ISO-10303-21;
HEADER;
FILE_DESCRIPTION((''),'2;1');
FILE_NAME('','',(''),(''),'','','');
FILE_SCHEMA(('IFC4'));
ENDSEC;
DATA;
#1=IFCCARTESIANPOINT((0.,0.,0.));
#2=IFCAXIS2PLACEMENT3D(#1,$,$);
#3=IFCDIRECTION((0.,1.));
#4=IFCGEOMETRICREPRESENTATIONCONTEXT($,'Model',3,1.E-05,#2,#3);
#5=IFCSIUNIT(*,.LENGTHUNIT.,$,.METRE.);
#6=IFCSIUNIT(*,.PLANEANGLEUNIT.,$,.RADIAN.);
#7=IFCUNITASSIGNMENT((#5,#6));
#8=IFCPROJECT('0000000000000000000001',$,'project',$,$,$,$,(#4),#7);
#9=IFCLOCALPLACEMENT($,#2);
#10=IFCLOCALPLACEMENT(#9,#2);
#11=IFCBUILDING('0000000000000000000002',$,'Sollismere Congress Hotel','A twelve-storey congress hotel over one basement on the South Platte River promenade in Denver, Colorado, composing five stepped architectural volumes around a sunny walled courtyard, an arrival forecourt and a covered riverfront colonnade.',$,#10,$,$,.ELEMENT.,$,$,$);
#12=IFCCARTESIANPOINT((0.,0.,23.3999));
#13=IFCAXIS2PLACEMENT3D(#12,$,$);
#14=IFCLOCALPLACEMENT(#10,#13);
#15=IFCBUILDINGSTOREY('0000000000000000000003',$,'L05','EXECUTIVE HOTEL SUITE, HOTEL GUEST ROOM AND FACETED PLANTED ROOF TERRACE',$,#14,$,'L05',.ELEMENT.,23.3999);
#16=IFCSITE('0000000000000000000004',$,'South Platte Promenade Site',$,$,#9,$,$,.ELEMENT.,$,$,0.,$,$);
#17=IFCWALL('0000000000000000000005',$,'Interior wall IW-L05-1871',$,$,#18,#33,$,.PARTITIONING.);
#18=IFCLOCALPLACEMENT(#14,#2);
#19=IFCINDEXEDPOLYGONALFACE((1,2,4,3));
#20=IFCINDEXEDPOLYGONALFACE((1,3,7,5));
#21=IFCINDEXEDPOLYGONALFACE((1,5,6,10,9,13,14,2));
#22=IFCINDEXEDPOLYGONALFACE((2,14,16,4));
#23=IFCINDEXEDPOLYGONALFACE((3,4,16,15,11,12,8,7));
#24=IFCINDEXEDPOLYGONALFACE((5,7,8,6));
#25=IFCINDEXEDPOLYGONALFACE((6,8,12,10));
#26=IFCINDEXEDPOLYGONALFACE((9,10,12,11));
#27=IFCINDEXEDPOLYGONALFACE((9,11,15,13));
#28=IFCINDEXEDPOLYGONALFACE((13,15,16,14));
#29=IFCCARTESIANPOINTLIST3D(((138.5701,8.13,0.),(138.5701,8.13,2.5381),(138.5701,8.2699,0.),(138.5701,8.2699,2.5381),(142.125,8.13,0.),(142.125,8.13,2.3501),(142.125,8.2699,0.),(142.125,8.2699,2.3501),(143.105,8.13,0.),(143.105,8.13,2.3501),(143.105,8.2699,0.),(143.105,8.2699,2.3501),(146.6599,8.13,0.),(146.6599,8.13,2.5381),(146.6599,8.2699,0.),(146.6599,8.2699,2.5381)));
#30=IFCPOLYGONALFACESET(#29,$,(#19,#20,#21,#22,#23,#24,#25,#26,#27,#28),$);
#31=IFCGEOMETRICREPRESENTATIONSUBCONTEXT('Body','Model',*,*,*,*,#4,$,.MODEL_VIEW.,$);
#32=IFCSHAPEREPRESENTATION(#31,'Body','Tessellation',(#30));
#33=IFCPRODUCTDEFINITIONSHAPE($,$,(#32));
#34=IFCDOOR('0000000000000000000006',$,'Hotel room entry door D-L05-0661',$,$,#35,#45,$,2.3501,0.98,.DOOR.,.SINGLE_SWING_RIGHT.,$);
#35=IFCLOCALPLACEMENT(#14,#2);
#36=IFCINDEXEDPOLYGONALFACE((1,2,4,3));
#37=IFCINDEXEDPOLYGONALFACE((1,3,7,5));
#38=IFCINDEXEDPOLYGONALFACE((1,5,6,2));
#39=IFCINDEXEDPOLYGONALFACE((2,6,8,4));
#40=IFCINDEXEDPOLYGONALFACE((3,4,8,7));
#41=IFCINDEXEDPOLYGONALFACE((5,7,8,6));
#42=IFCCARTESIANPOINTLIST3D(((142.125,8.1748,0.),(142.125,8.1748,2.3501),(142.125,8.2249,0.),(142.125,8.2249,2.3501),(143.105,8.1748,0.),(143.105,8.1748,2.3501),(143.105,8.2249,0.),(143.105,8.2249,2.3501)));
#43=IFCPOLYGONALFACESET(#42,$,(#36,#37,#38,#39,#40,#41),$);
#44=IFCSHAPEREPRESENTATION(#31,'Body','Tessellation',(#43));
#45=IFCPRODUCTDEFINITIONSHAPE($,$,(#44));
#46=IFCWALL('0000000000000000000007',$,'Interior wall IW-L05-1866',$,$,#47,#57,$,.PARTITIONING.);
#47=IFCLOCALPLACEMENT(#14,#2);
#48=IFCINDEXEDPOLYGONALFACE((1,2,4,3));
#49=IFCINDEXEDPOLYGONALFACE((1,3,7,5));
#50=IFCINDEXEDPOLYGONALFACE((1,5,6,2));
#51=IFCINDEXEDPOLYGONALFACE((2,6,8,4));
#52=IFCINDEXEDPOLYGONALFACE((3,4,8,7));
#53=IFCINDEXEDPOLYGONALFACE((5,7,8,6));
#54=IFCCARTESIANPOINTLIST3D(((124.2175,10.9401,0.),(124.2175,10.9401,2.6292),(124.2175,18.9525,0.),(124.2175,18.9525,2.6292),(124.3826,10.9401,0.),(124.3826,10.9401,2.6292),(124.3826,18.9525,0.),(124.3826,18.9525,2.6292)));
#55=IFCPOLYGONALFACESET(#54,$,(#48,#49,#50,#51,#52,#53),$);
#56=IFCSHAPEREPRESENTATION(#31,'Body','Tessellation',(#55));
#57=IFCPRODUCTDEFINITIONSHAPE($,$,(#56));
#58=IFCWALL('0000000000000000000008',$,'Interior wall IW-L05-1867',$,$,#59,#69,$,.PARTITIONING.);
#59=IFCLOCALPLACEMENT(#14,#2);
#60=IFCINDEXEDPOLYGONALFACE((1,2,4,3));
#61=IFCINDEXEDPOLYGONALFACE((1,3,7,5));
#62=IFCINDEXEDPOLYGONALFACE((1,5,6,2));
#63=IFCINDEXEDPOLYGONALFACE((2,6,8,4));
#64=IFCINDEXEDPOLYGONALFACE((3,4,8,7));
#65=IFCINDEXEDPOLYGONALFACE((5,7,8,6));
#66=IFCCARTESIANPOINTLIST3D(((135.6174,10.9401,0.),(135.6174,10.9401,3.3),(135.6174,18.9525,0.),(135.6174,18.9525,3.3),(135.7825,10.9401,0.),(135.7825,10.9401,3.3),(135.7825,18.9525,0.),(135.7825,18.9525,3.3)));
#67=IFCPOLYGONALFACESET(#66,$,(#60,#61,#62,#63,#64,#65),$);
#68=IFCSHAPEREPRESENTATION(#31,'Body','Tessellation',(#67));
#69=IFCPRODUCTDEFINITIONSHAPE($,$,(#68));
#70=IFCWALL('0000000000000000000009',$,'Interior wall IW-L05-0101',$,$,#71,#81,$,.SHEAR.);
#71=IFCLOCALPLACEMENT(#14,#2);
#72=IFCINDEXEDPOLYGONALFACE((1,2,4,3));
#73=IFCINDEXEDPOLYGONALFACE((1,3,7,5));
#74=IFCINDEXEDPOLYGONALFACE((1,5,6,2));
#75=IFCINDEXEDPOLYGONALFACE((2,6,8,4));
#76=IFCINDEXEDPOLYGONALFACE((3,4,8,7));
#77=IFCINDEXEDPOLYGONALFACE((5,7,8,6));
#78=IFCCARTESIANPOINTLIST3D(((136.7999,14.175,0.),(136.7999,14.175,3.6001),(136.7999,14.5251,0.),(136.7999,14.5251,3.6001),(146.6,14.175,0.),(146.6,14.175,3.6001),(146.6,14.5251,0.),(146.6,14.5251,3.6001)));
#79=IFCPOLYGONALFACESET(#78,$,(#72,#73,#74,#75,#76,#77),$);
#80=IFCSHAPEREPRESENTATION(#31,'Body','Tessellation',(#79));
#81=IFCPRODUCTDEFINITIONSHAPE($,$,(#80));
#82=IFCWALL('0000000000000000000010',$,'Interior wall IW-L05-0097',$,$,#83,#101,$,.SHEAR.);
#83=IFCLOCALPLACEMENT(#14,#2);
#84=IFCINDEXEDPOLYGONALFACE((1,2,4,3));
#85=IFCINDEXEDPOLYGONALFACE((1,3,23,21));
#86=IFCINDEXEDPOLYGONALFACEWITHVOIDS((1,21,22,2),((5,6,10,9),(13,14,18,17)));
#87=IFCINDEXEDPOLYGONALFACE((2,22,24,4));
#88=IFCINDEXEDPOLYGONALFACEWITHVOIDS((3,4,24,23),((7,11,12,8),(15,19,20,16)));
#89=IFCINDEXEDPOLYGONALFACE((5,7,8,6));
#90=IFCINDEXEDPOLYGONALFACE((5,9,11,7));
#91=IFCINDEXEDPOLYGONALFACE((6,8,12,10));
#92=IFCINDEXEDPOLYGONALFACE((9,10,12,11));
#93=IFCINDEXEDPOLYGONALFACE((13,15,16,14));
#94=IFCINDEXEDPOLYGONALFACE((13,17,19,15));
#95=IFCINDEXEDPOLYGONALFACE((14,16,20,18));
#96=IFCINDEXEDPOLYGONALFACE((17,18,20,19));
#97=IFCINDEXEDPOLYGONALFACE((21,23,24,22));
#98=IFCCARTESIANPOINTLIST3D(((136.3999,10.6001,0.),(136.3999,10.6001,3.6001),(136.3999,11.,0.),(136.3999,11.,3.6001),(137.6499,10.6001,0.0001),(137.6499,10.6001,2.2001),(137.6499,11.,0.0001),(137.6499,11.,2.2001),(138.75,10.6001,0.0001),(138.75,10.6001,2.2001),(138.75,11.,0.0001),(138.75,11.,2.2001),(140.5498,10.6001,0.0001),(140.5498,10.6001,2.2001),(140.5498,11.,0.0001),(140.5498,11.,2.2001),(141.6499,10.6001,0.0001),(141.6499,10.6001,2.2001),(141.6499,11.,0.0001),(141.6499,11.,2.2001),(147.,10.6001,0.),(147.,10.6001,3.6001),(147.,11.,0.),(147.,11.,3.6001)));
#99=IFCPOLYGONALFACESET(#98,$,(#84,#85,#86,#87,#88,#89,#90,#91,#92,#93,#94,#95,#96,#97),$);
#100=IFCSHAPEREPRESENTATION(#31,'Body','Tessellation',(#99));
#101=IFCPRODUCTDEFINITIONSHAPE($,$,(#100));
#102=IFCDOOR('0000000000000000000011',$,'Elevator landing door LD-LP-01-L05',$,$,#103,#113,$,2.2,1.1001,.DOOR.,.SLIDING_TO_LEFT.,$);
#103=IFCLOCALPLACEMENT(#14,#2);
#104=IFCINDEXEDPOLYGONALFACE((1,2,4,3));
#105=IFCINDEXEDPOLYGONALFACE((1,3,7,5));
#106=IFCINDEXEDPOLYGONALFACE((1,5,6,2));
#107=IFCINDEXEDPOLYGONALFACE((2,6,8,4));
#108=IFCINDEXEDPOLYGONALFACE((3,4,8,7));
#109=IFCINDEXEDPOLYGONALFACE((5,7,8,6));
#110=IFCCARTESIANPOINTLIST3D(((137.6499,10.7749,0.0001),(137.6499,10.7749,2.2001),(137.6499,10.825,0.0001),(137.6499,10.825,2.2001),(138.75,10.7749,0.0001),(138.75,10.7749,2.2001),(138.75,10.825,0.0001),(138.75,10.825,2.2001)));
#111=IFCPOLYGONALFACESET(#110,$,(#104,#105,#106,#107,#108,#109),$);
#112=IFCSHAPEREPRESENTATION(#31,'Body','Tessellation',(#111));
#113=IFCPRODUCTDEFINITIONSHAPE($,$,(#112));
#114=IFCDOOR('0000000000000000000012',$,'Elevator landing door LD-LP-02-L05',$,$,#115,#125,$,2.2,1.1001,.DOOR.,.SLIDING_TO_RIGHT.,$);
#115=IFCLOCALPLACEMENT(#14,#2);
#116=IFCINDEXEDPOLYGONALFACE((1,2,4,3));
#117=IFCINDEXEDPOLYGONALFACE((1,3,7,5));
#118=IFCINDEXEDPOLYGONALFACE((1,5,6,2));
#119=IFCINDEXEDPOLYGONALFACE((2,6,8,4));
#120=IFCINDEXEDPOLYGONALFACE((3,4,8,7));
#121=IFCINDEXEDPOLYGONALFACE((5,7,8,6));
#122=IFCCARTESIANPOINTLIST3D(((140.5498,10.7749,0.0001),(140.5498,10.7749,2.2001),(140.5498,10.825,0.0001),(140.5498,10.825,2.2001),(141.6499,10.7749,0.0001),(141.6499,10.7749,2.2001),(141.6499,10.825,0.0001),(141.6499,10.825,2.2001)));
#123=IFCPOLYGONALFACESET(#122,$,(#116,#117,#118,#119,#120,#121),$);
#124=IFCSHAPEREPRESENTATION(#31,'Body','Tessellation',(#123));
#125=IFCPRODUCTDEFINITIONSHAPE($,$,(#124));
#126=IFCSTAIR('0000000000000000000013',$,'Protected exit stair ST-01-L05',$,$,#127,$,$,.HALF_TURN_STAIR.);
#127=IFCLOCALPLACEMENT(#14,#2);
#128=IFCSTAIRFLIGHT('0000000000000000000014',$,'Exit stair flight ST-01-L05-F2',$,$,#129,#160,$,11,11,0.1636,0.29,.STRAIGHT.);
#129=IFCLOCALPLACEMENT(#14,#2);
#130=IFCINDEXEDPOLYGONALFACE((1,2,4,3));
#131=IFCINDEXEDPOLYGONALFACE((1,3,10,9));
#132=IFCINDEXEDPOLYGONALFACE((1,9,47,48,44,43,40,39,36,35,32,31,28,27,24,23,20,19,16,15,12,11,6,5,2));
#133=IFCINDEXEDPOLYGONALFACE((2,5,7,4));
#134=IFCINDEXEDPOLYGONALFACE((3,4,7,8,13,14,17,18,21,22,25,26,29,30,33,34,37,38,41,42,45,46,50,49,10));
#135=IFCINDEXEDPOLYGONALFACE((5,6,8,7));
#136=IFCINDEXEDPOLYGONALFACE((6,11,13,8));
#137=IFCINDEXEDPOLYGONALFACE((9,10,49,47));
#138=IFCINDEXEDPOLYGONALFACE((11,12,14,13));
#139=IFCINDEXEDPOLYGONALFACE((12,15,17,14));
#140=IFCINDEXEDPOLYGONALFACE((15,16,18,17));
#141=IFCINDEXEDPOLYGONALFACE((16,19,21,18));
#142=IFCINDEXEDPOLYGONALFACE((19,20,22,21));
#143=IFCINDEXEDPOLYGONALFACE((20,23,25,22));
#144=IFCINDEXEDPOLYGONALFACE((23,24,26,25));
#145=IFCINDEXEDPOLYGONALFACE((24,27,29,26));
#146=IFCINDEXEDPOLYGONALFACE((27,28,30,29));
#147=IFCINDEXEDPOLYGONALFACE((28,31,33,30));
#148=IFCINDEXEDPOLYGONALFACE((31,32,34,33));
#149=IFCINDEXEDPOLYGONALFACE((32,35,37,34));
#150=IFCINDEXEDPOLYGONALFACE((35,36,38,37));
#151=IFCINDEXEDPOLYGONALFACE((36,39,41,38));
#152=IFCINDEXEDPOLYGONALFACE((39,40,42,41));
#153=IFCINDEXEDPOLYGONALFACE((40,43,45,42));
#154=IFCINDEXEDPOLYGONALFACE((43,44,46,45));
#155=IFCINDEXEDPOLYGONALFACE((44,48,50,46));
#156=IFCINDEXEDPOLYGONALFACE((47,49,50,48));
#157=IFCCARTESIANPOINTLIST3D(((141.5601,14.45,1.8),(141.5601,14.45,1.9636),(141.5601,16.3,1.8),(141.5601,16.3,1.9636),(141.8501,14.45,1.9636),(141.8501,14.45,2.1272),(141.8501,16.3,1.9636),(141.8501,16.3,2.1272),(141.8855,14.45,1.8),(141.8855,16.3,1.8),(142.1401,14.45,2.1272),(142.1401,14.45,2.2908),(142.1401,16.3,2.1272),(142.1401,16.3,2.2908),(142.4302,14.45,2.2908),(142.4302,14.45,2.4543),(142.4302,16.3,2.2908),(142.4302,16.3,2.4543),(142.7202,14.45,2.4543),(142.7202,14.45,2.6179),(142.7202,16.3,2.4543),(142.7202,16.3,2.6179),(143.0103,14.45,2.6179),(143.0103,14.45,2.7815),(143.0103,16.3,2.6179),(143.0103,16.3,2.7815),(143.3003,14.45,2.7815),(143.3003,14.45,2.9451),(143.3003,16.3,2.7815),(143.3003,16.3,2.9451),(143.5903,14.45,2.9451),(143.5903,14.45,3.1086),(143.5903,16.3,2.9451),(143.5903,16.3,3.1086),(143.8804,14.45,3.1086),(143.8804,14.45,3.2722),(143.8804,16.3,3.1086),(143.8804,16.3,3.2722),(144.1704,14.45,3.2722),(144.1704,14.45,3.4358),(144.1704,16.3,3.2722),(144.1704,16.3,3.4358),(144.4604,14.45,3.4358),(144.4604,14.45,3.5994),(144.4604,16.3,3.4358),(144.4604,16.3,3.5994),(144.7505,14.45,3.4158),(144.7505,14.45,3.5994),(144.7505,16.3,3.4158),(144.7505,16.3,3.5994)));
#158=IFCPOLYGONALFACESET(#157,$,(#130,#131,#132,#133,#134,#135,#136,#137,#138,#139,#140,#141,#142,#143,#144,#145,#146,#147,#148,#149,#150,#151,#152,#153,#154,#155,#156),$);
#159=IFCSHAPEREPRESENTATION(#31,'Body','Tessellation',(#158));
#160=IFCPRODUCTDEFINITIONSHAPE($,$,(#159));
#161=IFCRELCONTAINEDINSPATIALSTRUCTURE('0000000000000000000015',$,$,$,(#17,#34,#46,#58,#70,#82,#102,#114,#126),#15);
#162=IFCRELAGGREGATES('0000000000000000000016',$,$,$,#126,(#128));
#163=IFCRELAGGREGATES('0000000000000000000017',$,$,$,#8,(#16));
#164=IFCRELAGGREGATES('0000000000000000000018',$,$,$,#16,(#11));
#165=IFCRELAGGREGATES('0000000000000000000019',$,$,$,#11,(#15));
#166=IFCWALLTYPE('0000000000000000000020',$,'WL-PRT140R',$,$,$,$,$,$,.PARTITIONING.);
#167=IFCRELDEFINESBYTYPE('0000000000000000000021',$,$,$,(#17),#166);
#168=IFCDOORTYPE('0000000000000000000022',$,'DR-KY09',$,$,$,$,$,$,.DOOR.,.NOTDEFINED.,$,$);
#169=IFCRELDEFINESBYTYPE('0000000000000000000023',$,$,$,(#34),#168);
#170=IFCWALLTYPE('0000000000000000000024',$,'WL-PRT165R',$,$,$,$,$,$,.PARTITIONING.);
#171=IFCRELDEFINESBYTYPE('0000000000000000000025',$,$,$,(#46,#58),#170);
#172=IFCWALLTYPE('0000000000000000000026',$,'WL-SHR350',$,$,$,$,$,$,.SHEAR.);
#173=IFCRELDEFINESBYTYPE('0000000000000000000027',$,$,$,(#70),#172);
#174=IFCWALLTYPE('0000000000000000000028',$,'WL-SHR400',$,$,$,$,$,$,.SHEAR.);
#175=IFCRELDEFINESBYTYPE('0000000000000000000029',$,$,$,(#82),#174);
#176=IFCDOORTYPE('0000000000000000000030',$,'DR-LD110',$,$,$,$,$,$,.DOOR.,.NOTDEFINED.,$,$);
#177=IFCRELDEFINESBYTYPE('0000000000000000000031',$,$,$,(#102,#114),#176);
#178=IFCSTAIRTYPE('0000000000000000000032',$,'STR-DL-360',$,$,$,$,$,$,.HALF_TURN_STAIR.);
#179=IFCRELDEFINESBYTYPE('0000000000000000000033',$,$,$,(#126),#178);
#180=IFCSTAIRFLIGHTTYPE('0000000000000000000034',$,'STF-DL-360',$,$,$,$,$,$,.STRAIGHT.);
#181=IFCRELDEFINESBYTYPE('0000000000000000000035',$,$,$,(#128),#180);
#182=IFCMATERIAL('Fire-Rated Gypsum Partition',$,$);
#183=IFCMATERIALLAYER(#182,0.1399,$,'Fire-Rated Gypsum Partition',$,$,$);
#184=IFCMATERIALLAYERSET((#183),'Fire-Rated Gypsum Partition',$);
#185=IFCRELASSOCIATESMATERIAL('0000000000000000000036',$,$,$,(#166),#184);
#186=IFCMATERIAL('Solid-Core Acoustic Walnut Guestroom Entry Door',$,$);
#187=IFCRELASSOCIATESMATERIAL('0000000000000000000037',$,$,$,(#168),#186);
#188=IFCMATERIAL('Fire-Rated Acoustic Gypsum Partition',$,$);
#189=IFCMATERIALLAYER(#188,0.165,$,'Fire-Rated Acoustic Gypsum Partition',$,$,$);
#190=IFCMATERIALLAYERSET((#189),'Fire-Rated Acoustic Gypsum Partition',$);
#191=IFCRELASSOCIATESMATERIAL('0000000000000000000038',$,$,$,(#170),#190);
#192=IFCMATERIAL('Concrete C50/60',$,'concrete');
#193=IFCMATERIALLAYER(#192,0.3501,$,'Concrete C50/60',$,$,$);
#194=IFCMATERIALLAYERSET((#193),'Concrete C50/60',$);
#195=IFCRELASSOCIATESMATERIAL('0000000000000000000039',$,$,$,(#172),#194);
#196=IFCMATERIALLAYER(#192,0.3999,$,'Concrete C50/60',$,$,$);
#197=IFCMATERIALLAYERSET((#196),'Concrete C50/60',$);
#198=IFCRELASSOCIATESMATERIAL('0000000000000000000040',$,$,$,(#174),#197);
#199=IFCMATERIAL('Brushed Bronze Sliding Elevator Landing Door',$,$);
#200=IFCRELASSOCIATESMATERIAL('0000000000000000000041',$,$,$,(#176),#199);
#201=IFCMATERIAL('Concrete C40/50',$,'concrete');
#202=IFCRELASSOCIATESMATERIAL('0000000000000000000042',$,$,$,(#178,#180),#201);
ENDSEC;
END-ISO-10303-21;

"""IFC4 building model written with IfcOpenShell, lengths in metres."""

from ifc_helpers import new_model, si_unit, direction, frame, frame_2d, origin, place, context, subcontext, project, spatial, polyline, rectangle, outline, extrude, material, layer, layer_set, type_object, element, fill, aggregate, save


model = new_model("IFC4")

# Units and contexts
model_context = context("Model", 3, precision=1e-05, world=origin(), true_north=direction((0.0, 1.0)))
body_context = subcontext(model_context, "Body", "Model", "MODEL_VIEW")
ifc_project = project(units=[si_unit("LENGTHUNIT", "METRE"), si_unit("PLANEANGLEUNIT", "RADIAN")], contexts=[model_context])

# Site, building, storey
site_placement = place(None, origin())
site = spatial("IfcSite", under=ifc_project, at=site_placement, Name="South Platte Promenade Site", CompositionType="ELEMENT", RefElevation=0.0)
building_placement = place(site_placement, origin())
building = spatial("IfcBuilding", under=site, at=building_placement, Name="Sollismere Congress Hotel", Description="A twelve-storey congress hotel over one basement on the South Platte River promenade in Denver, Colorado, composing five stepped architectural volumes around a sunny walled courtyard, an arrival forecourt and a covered riverfront colonnade.", CompositionType="ELEMENT")
storey_placement = place(building_placement, frame((0.0, 0.0, 23.3999)))
storey = spatial("IfcBuildingStorey", under=building, at=storey_placement, Name="L05", Description="EXECUTIVE HOTEL SUITE, HOTEL GUEST ROOM AND FACETED PLANTED ROOF TERRACE", LongName="L05", CompositionType="ELEMENT", Elevation=23.3999)

# Shared definitions
ifc_material_1 = material(Name="Fire-Rated Gypsum Partition")
ifc_layer_1 = layer(ifc_material_1, 0.1399, Name="Fire-Rated Gypsum Partition")
ifc_layer_set_1 = layer_set([ifc_layer_1], Name="Fire-Rated Gypsum Partition")
wall_type_1 = type_object("IfcWallType", Name="WL-PRT140R", PredefinedType="PARTITIONING", material=ifc_layer_set_1)
ifc_material_2 = material(Name="Solid-Core Acoustic Walnut Guestroom Entry Door")

# Wall, opening, door
wall_1_placement = place(storey_placement, frame((138.5701, 8.2, 0.0), z_axis=(0.0, 0.0, 1.0), x_axis=(1.0, 0.0, 0.0)))
wall_1 = element("IfcWall", 1, at=wall_1_placement, inside=storey, type_object=wall_type_1, Name="Interior wall IW-L05-1871", PredefinedType="PARTITIONING", context=body_context, shape_type="SweptSolid", body=[
    extrude(rectangle(XDim=8.0898, YDim=0.1399, at=frame_2d((4.0449, 0.0))), origin(), (0.0, 0.0, 1.0), 2.5381),
])
opening_1_placement = place(wall_1_placement, frame((3.5549, 0.0, 0.0)))
opening_1 = element("IfcOpeningElement", 2, at=opening_1_placement, cuts=wall_1, PredefinedType="OPENING", context=body_context, shape_type="SweptSolid", body=[
    extrude(rectangle(XDim=0.98, YDim=2.3501, at=frame_2d((0.49, 1.175))), frame((0.0, 0.0798, 0.0), z_axis=(0.0, -1.0, 0.0), x_axis=(1.0, 0.0, 0.0)), (0.0, 0.0, 1.0), 0.1599),
])
door_type_1 = type_object("IfcDoorType", Name="DR-KY09", OperationType="NOTDEFINED", PredefinedType="DOOR", material=ifc_material_2)
door_1_placement = place(opening_1_placement, origin())
door_1 = element("IfcDoor", 3, at=door_1_placement, inside=storey, type_object=door_type_1, Name="Hotel room entry door D-L05-0661", OperationType="SINGLE_SWING_RIGHT", OverallHeight=2.3501, OverallWidth=0.98, PredefinedType="DOOR", context=body_context, shape_type="SweptSolid", body=[
    extrude(rectangle(XDim=0.98, YDim=2.3501, at=frame_2d((0.49, 1.175))), frame((0.0, 0.0249, 0.0), z_axis=(0.0, -1.0, 0.0), x_axis=(1.0, 0.0, 0.0)), (0.0, 0.0, 1.0), 0.05),
])
fill(opening_1, door_1)

# Walls
ifc_material_3 = material(Name="Fire-Rated Acoustic Gypsum Partition")
ifc_layer_2 = layer(ifc_material_3, 0.165, Name="Fire-Rated Acoustic Gypsum Partition")
ifc_layer_set_2 = layer_set([ifc_layer_2], Name="Fire-Rated Acoustic Gypsum Partition")
wall_type_2 = type_object("IfcWallType", Name="WL-PRT165R", PredefinedType="PARTITIONING", material=ifc_layer_set_2)
wall_2_placement = place(storey_placement, frame((124.3, 10.9399, 0.0), z_axis=(0.0, 0.0, 1.0), x_axis=(0.0, 1.0, 0.0)))
element("IfcWall", 4, at=wall_2_placement, inside=storey, type_object=wall_type_2, Name="Interior wall IW-L05-1866", PredefinedType="PARTITIONING", context=body_context, shape_type="SweptSolid", body=[
    extrude(rectangle(XDim=8.0125, YDim=0.165, at=frame_2d((4.0063, 0.0))), origin(), (0.0, 0.0, 1.0), 2.6292),
])
wall_3_placement = place(storey_placement, frame((135.7, 10.9399, 0.0), z_axis=(0.0, 0.0, 1.0), x_axis=(0.0, 1.0, 0.0)))
element("IfcWall", 5, at=wall_3_placement, inside=storey, type_object=wall_type_2, Name="Interior wall IW-L05-1867", PredefinedType="PARTITIONING", context=body_context, shape_type="SweptSolid", body=[
    extrude(rectangle(XDim=8.0125, YDim=0.165, at=frame_2d((4.0063, 0.0))), origin(), (0.0, 0.0, 1.0), 3.3),
])
ifc_material_4 = material(Name="Concrete C50/60", Category="concrete")
ifc_layer_3 = layer(ifc_material_4, 0.3501, Name="Concrete C50/60")
ifc_layer_set_3 = layer_set([ifc_layer_3], Name="Concrete C50/60")
wall_type_3 = type_object("IfcWallType", Name="WL-SHR350", PredefinedType="SHEAR", material=ifc_layer_set_3)
wall_4_placement = place(storey_placement, frame((136.8, 14.3501, 0.0), z_axis=(0.0, 0.0, 1.0), x_axis=(1.0, 0.0, 0.0)))
element("IfcWall", 6, at=wall_4_placement, inside=storey, type_object=wall_type_3, Name="Interior wall IW-L05-0101", PredefinedType="SHEAR", context=body_context, shape_type="SweptSolid", body=[
    extrude(rectangle(XDim=9.8, YDim=0.3501, at=frame_2d((4.8999, 0.0))), origin(), (0.0, 0.0, 1.0), 3.6001),
])

# Wall, openings, doors
ifc_layer_4 = layer(ifc_material_4, 0.3999, Name="Concrete C50/60")
ifc_layer_set_4 = layer_set([ifc_layer_4], Name="Concrete C50/60")
wall_type_4 = type_object("IfcWallType", Name="WL-SHR400", PredefinedType="SHEAR", material=ifc_layer_set_4)
wall_5_placement = place(storey_placement, frame((136.3999, 10.8, 0.0), z_axis=(0.0, 0.0, 1.0), x_axis=(1.0, 0.0, 0.0)))
wall_5 = element("IfcWall", 7, at=wall_5_placement, inside=storey, type_object=wall_type_4, Name="Interior wall IW-L05-0097", PredefinedType="SHEAR", context=body_context, shape_type="SweptSolid", body=[
    extrude(rectangle(XDim=10.6001, YDim=0.3999, at=frame_2d((5.3, 0.0))), origin(), (0.0, 0.0, 1.0), 3.6001),
])
opening_2_placement = place(wall_5_placement, frame((1.25, 0.0, 0.0)))
opening_2 = element("IfcOpeningElement", 8, at=opening_2_placement, cuts=wall_5, PredefinedType="OPENING", context=body_context, shape_type="SweptSolid", body=[
    extrude(rectangle(XDim=1.1001, YDim=2.2, at=frame_2d((0.55, 1.1001))), frame((0.0, 0.21, 0.0), z_axis=(0.0, -1.0, 0.0), x_axis=(1.0, 0.0, 0.0)), (0.0, 0.0, 1.0), 0.4199),
])
opening_3_placement = place(wall_5_placement, frame((4.1499, 0.0, 0.0)))
opening_3 = element("IfcOpeningElement", 9, at=opening_3_placement, cuts=wall_5, PredefinedType="OPENING", context=body_context, shape_type="SweptSolid", body=[
    extrude(rectangle(XDim=1.1001, YDim=2.2, at=frame_2d((0.55, 1.1001))), frame((0.0, 0.21, 0.0), z_axis=(0.0, -1.0, 0.0), x_axis=(1.0, 0.0, 0.0)), (0.0, 0.0, 1.0), 0.4199),
])
ifc_material_5 = material(Name="Brushed Bronze Sliding Elevator Landing Door")
door_type_2 = type_object("IfcDoorType", Name="DR-LD110", OperationType="NOTDEFINED", PredefinedType="DOOR", material=ifc_material_5)
door_2_placement = place(opening_2_placement, origin())
door_2 = element("IfcDoor", 10, at=door_2_placement, inside=storey, type_object=door_type_2, Name="Elevator landing door LD-LP-01-L05", OperationType="SLIDING_TO_LEFT", OverallHeight=2.2, OverallWidth=1.1001, PredefinedType="DOOR", context=body_context, shape_type="SweptSolid", body=[
    extrude(rectangle(XDim=1.1001, YDim=2.2, at=frame_2d((0.55, 1.1001))), frame((0.0, 0.0249, 0.0), z_axis=(0.0, -1.0, 0.0), x_axis=(1.0, 0.0, 0.0)), (0.0, 0.0, 1.0), 0.05),
])
fill(opening_2, door_2)
door_3_placement = place(opening_3_placement, origin())
door_3 = element("IfcDoor", 11, at=door_3_placement, inside=storey, type_object=door_type_2, Name="Elevator landing door LD-LP-02-L05", OperationType="SLIDING_TO_RIGHT", OverallHeight=2.2, OverallWidth=1.1001, PredefinedType="DOOR", context=body_context, shape_type="SweptSolid", body=[
    extrude(rectangle(XDim=1.1001, YDim=2.2, at=frame_2d((0.55, 1.1001))), frame((0.0, 0.0249, 0.0), z_axis=(0.0, -1.0, 0.0), x_axis=(1.0, 0.0, 0.0)), (0.0, 0.0, 1.0), 0.05),
])
fill(opening_3, door_3)

# Stair, stair flight
ifc_material_6 = material(Name="Concrete C40/50", Category="concrete")
stair_type = type_object("IfcStairType", Name="STR-DL-360", PredefinedType="HALF_TURN_STAIR", material=ifc_material_6)
stair_placement = place(storey_placement, origin())
stair = element("IfcStair", 12, at=stair_placement, inside=storey, type_object=stair_type, Name="Protected exit stair ST-01-L05", PredefinedType="HALF_TURN_STAIR")
stair_flight_type = type_object("IfcStairFlightType", Name="STF-DL-360", PredefinedType="STRAIGHT", material=ifc_material_6)
stair_flight_placement = place(storey_placement, frame((141.5601, 15.375, 1.8), z_axis=(0.0, 0.0, 1.0), x_axis=(1.0, 0.0, 0.0)))
stair_flight = element("IfcStairFlight", 13, at=stair_flight_placement, type_object=stair_flight_type, Name="Exit stair flight ST-01-L05-F2", NumberOfRisers=11, NumberOfTreads=11, PredefinedType="STRAIGHT", RiserHeight=0.1636, TreadLength=0.29, context=body_context, shape_type="SweptSolid", body=[
    extrude(outline(polyline([(0.0, 0.0), (0.0, 0.1636), (0.29, 0.1636), (0.29, 0.3271), (0.5801, 0.3271), (0.5801, 0.4907), (0.8701, 0.4907), (0.8701, 0.6543), (1.1602, 0.6543), (1.1602, 0.8179), (1.4502, 0.8179), (1.4502, 0.9814), (1.7402, 0.9814), (1.7402, 1.145), (2.0303, 1.145), (2.0303, 1.3086), (2.3203, 1.3086), (2.3203, 1.4722), (2.6104, 1.4722), (2.6104, 1.6357), (2.9004, 1.6357), (2.9004, 1.7993), (3.1904, 1.7993), (3.1904, 1.6157), (0.3254, 0.0), (0.0, 0.0)])), frame((0.0, 0.925, 0.0), z_axis=(0.0, -1.0, 0.0), x_axis=(1.0, 0.0, 0.0)), (0.0, 0.0, 1.0), 1.8501),
])
aggregate(stair, [stair_flight])

save(model, "model.ifc")
